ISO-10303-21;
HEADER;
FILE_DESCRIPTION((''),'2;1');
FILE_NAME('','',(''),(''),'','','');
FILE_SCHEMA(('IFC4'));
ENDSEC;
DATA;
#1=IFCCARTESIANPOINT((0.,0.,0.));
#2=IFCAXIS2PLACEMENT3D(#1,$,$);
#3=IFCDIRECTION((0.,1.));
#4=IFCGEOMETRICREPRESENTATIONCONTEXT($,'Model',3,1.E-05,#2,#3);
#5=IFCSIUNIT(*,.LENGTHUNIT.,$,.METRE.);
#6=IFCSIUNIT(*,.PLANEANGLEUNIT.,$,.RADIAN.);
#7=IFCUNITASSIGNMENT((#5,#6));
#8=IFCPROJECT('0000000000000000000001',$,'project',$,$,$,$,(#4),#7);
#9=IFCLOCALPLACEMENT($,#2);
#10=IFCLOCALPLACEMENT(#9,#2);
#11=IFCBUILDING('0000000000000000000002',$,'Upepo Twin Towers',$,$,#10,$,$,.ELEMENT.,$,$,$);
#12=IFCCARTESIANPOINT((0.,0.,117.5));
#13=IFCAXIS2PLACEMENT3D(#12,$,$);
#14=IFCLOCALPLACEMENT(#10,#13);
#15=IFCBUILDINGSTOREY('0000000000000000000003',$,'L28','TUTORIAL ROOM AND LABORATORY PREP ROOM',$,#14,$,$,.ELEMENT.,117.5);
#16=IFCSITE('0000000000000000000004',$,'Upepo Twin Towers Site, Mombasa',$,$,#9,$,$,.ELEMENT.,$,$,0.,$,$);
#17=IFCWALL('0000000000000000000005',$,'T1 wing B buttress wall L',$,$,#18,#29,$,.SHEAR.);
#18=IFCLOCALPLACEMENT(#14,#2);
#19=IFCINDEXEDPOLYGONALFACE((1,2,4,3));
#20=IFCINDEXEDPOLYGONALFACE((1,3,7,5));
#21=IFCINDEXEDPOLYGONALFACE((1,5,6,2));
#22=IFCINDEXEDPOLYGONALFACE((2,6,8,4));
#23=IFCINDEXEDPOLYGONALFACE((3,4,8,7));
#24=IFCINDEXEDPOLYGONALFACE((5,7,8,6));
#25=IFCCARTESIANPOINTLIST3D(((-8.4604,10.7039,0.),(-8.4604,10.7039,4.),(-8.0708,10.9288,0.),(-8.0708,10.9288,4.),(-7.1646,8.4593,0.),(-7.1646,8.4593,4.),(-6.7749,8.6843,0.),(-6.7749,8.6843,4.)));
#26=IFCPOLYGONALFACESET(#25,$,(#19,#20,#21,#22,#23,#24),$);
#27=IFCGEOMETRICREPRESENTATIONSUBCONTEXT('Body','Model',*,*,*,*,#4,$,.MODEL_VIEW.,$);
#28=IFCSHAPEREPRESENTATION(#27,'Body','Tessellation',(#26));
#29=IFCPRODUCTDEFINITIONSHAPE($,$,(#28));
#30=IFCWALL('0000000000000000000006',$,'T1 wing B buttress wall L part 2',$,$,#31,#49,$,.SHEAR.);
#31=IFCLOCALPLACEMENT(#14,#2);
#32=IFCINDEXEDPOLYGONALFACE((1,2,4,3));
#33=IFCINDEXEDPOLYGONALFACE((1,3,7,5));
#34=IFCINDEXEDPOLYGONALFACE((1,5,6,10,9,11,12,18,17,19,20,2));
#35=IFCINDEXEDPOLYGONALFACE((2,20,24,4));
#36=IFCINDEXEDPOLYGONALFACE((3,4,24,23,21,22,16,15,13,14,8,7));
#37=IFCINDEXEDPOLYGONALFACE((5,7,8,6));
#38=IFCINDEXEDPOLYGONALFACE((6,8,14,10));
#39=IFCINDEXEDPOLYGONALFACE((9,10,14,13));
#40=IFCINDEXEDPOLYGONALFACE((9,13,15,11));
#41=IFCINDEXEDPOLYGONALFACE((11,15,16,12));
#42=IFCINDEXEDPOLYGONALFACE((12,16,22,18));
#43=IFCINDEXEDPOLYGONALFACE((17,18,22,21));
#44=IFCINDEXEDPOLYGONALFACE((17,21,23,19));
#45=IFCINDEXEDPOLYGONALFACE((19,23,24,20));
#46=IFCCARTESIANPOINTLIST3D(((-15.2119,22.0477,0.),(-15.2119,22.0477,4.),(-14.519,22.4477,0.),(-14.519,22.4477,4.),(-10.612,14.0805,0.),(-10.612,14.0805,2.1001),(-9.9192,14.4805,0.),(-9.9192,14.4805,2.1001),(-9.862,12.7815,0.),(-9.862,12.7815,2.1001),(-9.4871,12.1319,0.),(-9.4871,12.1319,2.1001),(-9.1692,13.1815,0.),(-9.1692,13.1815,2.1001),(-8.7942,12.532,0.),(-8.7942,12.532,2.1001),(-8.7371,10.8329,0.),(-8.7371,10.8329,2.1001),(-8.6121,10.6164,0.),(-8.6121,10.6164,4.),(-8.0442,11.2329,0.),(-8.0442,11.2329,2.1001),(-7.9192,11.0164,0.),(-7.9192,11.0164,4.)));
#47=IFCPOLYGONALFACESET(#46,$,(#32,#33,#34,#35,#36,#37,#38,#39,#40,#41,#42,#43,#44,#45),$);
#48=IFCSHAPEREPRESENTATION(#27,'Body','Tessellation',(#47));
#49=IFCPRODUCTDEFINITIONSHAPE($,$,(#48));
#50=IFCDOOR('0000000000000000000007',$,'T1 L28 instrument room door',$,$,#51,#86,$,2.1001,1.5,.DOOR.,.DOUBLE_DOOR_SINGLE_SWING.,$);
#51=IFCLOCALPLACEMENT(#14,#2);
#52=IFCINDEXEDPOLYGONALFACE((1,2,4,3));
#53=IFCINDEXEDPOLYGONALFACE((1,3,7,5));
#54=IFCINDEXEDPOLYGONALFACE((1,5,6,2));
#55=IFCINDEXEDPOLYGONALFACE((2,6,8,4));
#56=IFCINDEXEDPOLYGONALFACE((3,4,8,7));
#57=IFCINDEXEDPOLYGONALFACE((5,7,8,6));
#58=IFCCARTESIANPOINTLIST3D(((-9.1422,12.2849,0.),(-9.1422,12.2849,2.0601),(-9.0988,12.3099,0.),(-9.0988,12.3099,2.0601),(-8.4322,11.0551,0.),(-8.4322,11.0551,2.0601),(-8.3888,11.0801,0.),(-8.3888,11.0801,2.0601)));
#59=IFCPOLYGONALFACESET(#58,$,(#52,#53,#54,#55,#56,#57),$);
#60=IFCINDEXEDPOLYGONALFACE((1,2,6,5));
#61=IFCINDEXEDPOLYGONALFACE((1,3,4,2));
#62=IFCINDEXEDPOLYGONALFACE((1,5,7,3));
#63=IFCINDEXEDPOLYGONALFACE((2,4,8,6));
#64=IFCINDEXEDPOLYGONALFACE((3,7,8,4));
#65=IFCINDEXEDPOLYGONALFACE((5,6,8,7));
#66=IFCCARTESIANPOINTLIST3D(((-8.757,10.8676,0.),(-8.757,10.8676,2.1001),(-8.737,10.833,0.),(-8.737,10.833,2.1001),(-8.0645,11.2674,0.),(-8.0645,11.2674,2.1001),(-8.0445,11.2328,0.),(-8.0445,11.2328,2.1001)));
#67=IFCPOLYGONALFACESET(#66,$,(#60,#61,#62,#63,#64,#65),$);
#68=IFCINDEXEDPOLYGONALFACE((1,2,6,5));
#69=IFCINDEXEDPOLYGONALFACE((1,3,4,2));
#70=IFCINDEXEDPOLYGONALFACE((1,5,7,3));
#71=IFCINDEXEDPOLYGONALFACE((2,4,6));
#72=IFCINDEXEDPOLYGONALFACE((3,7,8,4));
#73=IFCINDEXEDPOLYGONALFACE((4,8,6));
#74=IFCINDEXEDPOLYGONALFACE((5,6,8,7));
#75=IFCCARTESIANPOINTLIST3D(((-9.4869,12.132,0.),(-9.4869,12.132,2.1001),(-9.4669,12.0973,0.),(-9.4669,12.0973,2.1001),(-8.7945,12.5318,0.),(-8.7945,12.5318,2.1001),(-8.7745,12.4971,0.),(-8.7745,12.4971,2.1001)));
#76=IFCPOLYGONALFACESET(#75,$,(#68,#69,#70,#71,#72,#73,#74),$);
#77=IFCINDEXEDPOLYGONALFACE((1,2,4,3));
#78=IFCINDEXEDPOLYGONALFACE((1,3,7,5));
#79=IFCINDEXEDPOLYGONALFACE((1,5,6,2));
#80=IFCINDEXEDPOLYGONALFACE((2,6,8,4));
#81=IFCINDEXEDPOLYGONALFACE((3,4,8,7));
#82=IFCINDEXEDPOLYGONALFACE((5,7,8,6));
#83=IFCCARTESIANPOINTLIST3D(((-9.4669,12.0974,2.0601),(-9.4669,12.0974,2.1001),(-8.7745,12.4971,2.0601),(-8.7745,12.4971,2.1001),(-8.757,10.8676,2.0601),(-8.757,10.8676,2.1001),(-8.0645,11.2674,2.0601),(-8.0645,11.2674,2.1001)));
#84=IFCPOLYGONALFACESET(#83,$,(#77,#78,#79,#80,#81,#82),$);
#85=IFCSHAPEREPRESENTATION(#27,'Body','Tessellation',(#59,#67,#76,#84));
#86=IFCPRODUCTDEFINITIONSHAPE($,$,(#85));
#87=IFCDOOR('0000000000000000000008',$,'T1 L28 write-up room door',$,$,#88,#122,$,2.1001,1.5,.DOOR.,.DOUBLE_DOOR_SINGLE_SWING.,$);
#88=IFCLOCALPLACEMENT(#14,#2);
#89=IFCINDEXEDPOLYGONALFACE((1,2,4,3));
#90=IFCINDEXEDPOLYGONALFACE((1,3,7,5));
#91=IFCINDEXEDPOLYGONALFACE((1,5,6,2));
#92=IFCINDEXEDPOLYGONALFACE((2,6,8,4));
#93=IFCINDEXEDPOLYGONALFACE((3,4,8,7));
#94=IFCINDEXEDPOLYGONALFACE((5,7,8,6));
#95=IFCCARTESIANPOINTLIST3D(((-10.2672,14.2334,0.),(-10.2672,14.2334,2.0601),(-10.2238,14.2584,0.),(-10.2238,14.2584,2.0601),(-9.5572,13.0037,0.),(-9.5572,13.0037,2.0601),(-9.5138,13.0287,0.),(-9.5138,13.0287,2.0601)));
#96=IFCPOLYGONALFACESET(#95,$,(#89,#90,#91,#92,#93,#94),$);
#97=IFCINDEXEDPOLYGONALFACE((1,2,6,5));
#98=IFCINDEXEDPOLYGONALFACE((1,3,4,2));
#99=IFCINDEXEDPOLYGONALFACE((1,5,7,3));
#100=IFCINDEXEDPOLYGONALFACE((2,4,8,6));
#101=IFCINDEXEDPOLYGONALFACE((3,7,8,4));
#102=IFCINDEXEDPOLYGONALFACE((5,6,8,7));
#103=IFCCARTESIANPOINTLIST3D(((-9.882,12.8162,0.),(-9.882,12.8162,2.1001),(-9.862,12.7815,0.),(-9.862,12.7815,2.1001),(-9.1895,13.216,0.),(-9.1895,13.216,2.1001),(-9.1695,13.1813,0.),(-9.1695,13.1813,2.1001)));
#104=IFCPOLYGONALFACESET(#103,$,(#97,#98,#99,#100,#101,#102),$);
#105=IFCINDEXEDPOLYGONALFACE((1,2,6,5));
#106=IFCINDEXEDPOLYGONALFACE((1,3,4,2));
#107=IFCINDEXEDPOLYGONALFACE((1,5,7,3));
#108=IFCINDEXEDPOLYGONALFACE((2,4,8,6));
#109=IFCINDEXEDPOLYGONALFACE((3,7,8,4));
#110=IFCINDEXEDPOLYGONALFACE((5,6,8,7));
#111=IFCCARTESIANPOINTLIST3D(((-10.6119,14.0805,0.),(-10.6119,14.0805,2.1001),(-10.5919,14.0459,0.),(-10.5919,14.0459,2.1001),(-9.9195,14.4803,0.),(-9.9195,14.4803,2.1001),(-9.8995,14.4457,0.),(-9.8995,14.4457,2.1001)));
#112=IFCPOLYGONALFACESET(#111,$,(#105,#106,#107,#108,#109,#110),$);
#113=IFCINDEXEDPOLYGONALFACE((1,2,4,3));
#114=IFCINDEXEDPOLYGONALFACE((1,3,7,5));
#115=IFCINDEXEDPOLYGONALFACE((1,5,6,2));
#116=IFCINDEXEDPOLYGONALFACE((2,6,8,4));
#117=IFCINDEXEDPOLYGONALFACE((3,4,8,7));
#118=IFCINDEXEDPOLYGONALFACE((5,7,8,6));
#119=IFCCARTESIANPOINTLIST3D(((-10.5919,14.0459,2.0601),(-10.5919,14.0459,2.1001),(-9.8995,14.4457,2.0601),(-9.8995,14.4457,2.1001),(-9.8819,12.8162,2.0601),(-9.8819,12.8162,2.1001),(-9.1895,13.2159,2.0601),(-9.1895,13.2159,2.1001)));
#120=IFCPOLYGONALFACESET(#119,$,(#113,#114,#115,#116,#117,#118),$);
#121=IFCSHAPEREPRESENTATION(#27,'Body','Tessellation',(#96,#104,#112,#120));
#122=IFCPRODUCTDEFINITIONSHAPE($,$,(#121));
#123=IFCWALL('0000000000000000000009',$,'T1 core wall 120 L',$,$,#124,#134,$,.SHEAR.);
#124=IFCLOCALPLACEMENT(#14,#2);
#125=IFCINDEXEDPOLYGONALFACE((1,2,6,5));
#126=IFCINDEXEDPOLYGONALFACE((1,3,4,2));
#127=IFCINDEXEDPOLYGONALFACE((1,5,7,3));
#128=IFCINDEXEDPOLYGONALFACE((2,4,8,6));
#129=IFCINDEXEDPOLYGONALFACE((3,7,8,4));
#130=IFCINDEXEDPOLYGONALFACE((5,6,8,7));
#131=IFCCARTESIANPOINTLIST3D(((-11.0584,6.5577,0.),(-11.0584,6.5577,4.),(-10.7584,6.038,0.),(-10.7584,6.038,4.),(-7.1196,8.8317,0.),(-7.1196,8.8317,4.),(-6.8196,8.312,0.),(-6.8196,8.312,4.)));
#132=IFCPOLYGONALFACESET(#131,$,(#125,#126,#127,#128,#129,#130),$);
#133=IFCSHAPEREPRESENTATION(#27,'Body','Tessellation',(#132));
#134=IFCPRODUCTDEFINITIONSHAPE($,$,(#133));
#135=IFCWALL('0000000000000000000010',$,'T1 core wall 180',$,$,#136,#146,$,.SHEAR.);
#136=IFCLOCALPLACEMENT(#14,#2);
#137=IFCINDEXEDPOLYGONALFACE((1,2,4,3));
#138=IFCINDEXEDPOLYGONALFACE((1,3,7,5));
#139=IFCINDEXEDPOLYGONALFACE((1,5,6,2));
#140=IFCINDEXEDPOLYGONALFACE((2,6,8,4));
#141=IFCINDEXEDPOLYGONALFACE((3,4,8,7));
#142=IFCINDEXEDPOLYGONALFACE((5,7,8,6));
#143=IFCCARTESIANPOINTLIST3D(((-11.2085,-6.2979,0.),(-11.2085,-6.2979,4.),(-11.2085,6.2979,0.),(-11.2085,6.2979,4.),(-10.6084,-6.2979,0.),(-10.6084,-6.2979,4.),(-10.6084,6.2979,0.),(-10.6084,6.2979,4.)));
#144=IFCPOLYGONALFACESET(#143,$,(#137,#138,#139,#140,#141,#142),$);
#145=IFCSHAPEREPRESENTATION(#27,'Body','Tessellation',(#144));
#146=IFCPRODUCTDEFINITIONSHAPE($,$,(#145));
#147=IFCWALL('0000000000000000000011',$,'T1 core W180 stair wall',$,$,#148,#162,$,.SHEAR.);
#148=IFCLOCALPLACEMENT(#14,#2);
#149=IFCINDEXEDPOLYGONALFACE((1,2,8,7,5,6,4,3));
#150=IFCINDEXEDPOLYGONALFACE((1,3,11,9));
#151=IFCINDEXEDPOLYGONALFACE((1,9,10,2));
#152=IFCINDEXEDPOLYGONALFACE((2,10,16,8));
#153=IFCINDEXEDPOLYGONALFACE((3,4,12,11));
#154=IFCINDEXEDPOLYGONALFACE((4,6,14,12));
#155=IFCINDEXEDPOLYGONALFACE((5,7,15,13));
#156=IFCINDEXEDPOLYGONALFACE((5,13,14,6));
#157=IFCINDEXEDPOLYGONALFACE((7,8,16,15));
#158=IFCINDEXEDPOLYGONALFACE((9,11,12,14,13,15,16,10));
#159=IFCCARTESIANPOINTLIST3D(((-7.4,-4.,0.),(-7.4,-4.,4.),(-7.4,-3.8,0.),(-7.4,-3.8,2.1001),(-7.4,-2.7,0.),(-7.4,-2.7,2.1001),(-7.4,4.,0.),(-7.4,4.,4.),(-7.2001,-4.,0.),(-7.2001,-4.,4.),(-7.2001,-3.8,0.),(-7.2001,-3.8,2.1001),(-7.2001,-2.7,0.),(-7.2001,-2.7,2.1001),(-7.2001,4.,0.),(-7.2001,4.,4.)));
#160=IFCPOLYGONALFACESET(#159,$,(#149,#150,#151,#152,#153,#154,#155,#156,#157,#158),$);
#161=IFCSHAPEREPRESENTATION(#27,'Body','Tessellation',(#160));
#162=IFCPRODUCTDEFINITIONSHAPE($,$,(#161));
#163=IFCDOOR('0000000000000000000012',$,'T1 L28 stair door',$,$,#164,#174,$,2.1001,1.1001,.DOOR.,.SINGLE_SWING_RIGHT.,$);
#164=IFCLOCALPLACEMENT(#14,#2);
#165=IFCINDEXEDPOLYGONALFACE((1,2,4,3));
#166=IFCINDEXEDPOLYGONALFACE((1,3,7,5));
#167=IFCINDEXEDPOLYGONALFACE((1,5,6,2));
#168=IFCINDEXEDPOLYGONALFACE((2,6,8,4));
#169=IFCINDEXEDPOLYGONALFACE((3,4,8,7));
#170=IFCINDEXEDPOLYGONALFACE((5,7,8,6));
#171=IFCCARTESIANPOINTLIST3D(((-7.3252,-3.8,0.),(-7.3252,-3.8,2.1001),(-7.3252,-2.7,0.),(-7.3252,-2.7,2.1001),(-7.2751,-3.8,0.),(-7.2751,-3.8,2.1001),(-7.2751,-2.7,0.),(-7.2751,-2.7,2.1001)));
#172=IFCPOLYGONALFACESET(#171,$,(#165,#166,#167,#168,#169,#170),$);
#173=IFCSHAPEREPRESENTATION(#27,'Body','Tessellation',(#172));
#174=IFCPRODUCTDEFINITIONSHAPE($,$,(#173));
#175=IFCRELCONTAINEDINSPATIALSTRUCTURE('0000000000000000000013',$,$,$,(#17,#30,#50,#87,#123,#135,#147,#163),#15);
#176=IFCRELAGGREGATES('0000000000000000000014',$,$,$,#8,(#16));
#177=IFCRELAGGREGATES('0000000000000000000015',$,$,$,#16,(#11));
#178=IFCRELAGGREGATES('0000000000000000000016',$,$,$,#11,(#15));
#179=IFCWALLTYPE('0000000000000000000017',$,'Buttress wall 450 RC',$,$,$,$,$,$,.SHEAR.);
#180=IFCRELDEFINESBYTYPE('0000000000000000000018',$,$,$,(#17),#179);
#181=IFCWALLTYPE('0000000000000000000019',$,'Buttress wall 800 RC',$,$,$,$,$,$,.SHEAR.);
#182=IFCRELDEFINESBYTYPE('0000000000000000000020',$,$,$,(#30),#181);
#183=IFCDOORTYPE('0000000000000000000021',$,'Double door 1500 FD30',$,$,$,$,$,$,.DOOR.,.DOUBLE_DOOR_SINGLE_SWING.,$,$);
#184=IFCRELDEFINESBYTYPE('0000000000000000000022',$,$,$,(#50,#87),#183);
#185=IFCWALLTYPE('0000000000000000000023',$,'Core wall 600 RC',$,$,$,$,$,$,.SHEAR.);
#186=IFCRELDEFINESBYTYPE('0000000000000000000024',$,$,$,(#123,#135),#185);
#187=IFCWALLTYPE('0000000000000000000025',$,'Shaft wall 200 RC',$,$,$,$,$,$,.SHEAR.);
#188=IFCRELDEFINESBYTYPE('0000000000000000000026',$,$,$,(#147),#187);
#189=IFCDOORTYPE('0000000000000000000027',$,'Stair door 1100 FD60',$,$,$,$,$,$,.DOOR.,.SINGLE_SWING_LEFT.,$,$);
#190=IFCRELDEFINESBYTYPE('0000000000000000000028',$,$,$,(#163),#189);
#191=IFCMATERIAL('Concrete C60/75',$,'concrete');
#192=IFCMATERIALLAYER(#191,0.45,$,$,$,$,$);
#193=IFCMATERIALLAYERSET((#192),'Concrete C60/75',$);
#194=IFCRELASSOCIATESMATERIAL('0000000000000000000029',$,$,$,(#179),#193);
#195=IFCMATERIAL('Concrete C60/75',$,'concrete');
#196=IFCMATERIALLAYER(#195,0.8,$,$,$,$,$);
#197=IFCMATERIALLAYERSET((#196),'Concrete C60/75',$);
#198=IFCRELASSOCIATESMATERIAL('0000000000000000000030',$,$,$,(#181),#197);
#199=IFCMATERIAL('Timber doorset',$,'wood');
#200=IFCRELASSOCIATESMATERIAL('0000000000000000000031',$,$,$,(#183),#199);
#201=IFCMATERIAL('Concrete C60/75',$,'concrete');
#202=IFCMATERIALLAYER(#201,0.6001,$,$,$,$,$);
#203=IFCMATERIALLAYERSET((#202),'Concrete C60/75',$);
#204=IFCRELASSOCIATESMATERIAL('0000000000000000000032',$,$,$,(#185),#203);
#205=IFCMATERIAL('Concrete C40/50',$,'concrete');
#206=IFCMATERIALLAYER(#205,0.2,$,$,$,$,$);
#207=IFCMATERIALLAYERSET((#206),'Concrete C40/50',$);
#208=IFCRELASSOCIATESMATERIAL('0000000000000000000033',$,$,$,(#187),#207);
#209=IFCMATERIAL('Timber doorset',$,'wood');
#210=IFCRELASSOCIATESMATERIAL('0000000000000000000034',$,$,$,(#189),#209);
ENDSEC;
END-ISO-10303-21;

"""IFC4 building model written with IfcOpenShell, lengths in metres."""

from ifc_helpers import new_model, si_unit, direction, frame, frame_2d, origin, place, context, subcontext, project, spatial, rectangle, extrude, material, layer, layer_set, type_object, element, fill, save


model = new_model("IFC4")

# Units and contexts
model_context = context("Model", 3, precision=1e-05, world=origin(), true_north=direction((0.0, 1.0)))
body_context = subcontext(model_context, "Body", "Model", "MODEL_VIEW")
ifc_project = project(units=[si_unit("LENGTHUNIT", "METRE"), si_unit("PLANEANGLEUNIT", "RADIAN")], contexts=[model_context])

# Site, building, storey
site_placement = place(None, origin())
site = spatial("IfcSite", under=ifc_project, at=site_placement, Name="Upepo Twin Towers Site, Mombasa", CompositionType="ELEMENT", RefElevation=0.0)
building_placement = place(site_placement, origin())
building = spatial("IfcBuilding", under=site, at=building_placement, Name="Upepo Twin Towers", CompositionType="ELEMENT")
storey_placement = place(building_placement, frame((0.0, 0.0, 117.5)))
storey = spatial("IfcBuildingStorey", under=building, at=storey_placement, Name="L28", Description="TUTORIAL ROOM AND LABORATORY PREP ROOM", CompositionType="ELEMENT", Elevation=117.5)

# Wall
ifc_material_1 = material(Name="Concrete C60/75", Category="concrete")
ifc_layer_1 = layer(ifc_material_1, 0.45)
ifc_layer_set_1 = layer_set([ifc_layer_1], Name="Concrete C60/75")
wall_type_1 = type_object("IfcWallType", Name="Buttress wall 450 RC", PredefinedType="SHEAR", material=ifc_layer_set_1)
wall_1_placement = place(storey_placement, frame((-6.9697, 8.5718, 0.0), z_axis=(0.0, 0.0, 1.0), x_axis=(-0.499989, 0.866032, 0.0)))
element("IfcWall", 1, at=wall_1_placement, inside=storey, type_object=wall_type_1, Name="T1 wing B buttress wall L", PredefinedType="SHEAR", context=body_context, shape_type="SweptSolid", body=[
    extrude(rectangle(XDim=2.5918, YDim=0.45, at=frame_2d((1.2959, 0.0))), origin(), (0.0, 0.0, 1.0), 4.0),
])

# Wall, openings, doors
ifc_material_2 = material(Name="Concrete C60/75", Category="concrete")
ifc_layer_2 = layer(ifc_material_2, 0.8)
ifc_layer_set_2 = layer_set([ifc_layer_2], Name="Concrete C60/75")
wall_type_2 = type_object("IfcWallType", Name="Buttress wall 800 RC", PredefinedType="SHEAR", material=ifc_layer_set_2)
wall_2_placement = place(storey_placement, frame((-8.2656, 10.8164, 0.0), z_axis=(0.0, 0.0, 1.0), x_axis=(-0.499996, 0.866028, 0.0)))
wall_2 = element("IfcWall", 2, at=wall_2_placement, inside=storey, type_object=wall_type_2, Name="T1 wing B buttress wall L part 2", PredefinedType="SHEAR", context=body_context, shape_type="SweptSolid", body=[
    extrude(rectangle(XDim=13.1997, YDim=0.8, at=frame_2d((6.5999, 0.0))), origin(), (0.0, 0.0, 1.0), 4.0),
])
opening_1_placement = place(wall_2_placement, frame((0.25, 0.0, 0.0)))
opening_1 = element("IfcOpeningElement", 3, at=opening_1_placement, cuts=wall_2, PredefinedType="OPENING", context=body_context, shape_type="SweptSolid", body=[
    extrude(rectangle(XDim=1.5, YDim=2.1001, at=frame_2d((0.75, 1.05))), frame((0.0, 0.4099, 0.0), z_axis=(0.0, -1.0, 0.0), x_axis=(1.0, 0.0, 0.0)), (0.0, 0.0, 1.0), 0.8201),
])
opening_2_placement = place(wall_2_placement, frame((2.5, 0.0, 0.0)))
opening_2 = element("IfcOpeningElement", 4, at=opening_2_placement, cuts=wall_2, PredefinedType="OPENING", context=body_context, shape_type="SweptSolid", body=[
    extrude(rectangle(XDim=1.5, YDim=2.1001, at=frame_2d((0.75, 1.05))), frame((0.0, 0.4099, 0.0), z_axis=(0.0, -1.0, 0.0), x_axis=(1.0, 0.0, 0.0)), (0.0, 0.0, 1.0), 0.8201),
])
ifc_material_3 = material(Name="Timber doorset", Category="wood")
door_type_1 = type_object("IfcDoorType", Name="Double door 1500 FD30", OperationType="DOUBLE_DOOR_SINGLE_SWING", PredefinedType="DOOR", material=ifc_material_3)
door_1_placement = place(opening_1_placement, origin())
door_1 = element("IfcDoor", 5, at=door_1_placement, inside=storey, type_object=door_type_1, Name="T1 L28 instrument room door", OperationType="DOUBLE_DOOR_SINGLE_SWING", OverallHeight=2.1001, OverallWidth=1.5, PredefinedType="DOOR", context=body_context, shape_type="SweptSolid", body=[
    extrude(rectangle(XDim=1.42, YDim=2.0601, at=frame_2d((0.75, 1.03))), frame((0.0, 0.0249, 0.0), z_axis=(0.0, -1.0, 0.0), x_axis=(1.0, 0.0, 0.0)), (0.0, 0.0, 1.0), 0.05),
    extrude(rectangle(XDim=0.04, YDim=2.1001, at=frame_2d((0.02, 1.05))), frame((0.0, 0.3999, 0.0), z_axis=(0.0, -1.0, 0.0), x_axis=(1.0, 0.0, 0.0)), (0.0, 0.0, 1.0), 0.7996),
    extrude(rectangle(XDim=0.04, YDim=2.1001, at=frame_2d((1.48, 1.05))), frame((0.0, 0.3999, 0.0), z_axis=(0.0, -1.0, 0.0), x_axis=(1.0, 0.0, 0.0)), (0.0, 0.0, 1.0), 0.7996),
    extrude(rectangle(XDim=1.42, YDim=0.04, at=frame_2d((0.75, 2.0801))), frame((0.0, 0.3999, 0.0), z_axis=(0.0, -1.0, 0.0), x_axis=(1.0, 0.0, 0.0)), (0.0, 0.0, 1.0), 0.7996),
])
fill(opening_1, door_1)
door_2_placement = place(opening_2_placement, origin())
door_2 = element("IfcDoor", 6, at=door_2_placement, inside=storey, type_object=door_type_1, Name="T1 L28 write-up room door", OperationType="DOUBLE_DOOR_SINGLE_SWING", OverallHeight=2.1001, OverallWidth=1.5, PredefinedType="DOOR", context=body_context, shape_type="SweptSolid", body=[
    extrude(rectangle(XDim=1.42, YDim=2.0601, at=frame_2d((0.75, 1.03))), frame((0.0, 0.0249, 0.0), z_axis=(0.0, -1.0, 0.0), x_axis=(1.0, 0.0, 0.0)), (0.0, 0.0, 1.0), 0.05),
    extrude(rectangle(XDim=0.04, YDim=2.1001, at=frame_2d((0.02, 1.05))), frame((0.0, 0.3999, 0.0), z_axis=(0.0, -1.0, 0.0), x_axis=(1.0, 0.0, 0.0)), (0.0, 0.0, 1.0), 0.7996),
    extrude(rectangle(XDim=0.04, YDim=2.1001, at=frame_2d((1.48, 1.05))), frame((0.0, 0.3999, 0.0), z_axis=(0.0, -1.0, 0.0), x_axis=(1.0, 0.0, 0.0)), (0.0, 0.0, 1.0), 0.7996),
    extrude(rectangle(XDim=1.42, YDim=0.04, at=frame_2d((0.75, 2.0801))), frame((0.0, 0.3999, 0.0), z_axis=(0.0, -1.0, 0.0), x_axis=(1.0, 0.0, 0.0)), (0.0, 0.0, 1.0), 0.7996),
])
fill(opening_2, door_2)

# Walls
ifc_material_4 = material(Name="Concrete C60/75", Category="concrete")
ifc_layer_3 = layer(ifc_material_4, 0.6001)
ifc_layer_set_3 = layer_set([ifc_layer_3], Name="Concrete C60/75")
wall_type_3 = type_object("IfcWallType", Name="Core wall 600 RC", PredefinedType="SHEAR", material=ifc_layer_set_3)
wall_3_placement = place(storey_placement, frame((-6.9697, 8.5718, 0.0), z_axis=(0.0, 0.0, 1.0), x_axis=(-0.866035, -0.499984, 0.0)))
element("IfcWall", 7, at=wall_3_placement, inside=storey, type_object=wall_type_3, Name="T1 core wall 120 L", PredefinedType="SHEAR", context=body_context, shape_type="SweptSolid", body=[
    extrude(rectangle(XDim=4.5481, YDim=0.6001, at=frame_2d((2.2739, 0.0))), origin(), (0.0, 0.0, 1.0), 4.0),
])
wall_4_placement = place(storey_placement, frame((-10.9084, 6.2979, 0.0), z_axis=(0.0, 0.0, 1.0), x_axis=(0.0, -1.0, 0.0)))
element("IfcWall", 8, at=wall_4_placement, inside=storey, type_object=wall_type_3, Name="T1 core wall 180", PredefinedType="SHEAR", context=body_context, shape_type="SweptSolid", body=[
    extrude(rectangle(XDim=12.5957, YDim=0.6001, at=frame_2d((6.2979, 0.0))), origin(), (0.0, 0.0, 1.0), 4.0),
])

# Wall, opening, door
ifc_material_5 = material(Name="Concrete C40/50", Category="concrete")
ifc_layer_4 = layer(ifc_material_5, 0.2)
ifc_layer_set_4 = layer_set([ifc_layer_4], Name="Concrete C40/50")
wall_type_4 = type_object("IfcWallType", Name="Shaft wall 200 RC", PredefinedType="SHEAR", material=ifc_layer_set_4)
wall_5_placement = place(storey_placement, frame((-7.3, 4.0, 0.0), z_axis=(0.0, 0.0, 1.0), x_axis=(0.0, -1.0, 0.0)))
wall_5 = element("IfcWall", 9, at=wall_5_placement, inside=storey, type_object=wall_type_4, Name="T1 core W180 stair wall", PredefinedType="SHEAR", context=body_context, shape_type="SweptSolid", body=[
    extrude(rectangle(XDim=8.0, YDim=0.2, at=frame_2d((4.0, 0.0))), origin(), (0.0, 0.0, 1.0), 4.0),
])
opening_3_placement = place(wall_5_placement, frame((6.7, 0.0, 0.0)))
opening_3 = element("IfcOpeningElement", 10, at=opening_3_placement, cuts=wall_5, PredefinedType="OPENING", context=body_context, shape_type="SweptSolid", body=[
    extrude(rectangle(XDim=1.1001, YDim=2.1001, at=frame_2d((0.55, 1.05))), frame((0.0, 0.1099, 0.0), z_axis=(0.0, -1.0, 0.0), x_axis=(1.0, 0.0, 0.0)), (0.0, 0.0, 1.0), 0.22),
])
ifc_material_6 = material(Name="Timber doorset", Category="wood")
door_type_2 = type_object("IfcDoorType", Name="Stair door 1100 FD60", OperationType="SINGLE_SWING_LEFT", PredefinedType="DOOR", material=ifc_material_6)
door_3_placement = place(opening_3_placement, origin())
door_3 = element("IfcDoor", 11, at=door_3_placement, inside=storey, type_object=door_type_2, Name="T1 L28 stair door", OperationType="SINGLE_SWING_RIGHT", OverallHeight=2.1001, OverallWidth=1.1001, PredefinedType="DOOR", context=body_context, shape_type="SweptSolid", body=[
    extrude(rectangle(XDim=1.1001, YDim=2.1001, at=frame_2d((0.55, 1.05))), frame((0.0, 0.0249, 0.0), z_axis=(0.0, -1.0, 0.0), x_axis=(1.0, 0.0, 0.0)), (0.0, 0.0, 1.0), 0.05),
])
fill(opening_3, door_3)

save(model, "model.ifc")
